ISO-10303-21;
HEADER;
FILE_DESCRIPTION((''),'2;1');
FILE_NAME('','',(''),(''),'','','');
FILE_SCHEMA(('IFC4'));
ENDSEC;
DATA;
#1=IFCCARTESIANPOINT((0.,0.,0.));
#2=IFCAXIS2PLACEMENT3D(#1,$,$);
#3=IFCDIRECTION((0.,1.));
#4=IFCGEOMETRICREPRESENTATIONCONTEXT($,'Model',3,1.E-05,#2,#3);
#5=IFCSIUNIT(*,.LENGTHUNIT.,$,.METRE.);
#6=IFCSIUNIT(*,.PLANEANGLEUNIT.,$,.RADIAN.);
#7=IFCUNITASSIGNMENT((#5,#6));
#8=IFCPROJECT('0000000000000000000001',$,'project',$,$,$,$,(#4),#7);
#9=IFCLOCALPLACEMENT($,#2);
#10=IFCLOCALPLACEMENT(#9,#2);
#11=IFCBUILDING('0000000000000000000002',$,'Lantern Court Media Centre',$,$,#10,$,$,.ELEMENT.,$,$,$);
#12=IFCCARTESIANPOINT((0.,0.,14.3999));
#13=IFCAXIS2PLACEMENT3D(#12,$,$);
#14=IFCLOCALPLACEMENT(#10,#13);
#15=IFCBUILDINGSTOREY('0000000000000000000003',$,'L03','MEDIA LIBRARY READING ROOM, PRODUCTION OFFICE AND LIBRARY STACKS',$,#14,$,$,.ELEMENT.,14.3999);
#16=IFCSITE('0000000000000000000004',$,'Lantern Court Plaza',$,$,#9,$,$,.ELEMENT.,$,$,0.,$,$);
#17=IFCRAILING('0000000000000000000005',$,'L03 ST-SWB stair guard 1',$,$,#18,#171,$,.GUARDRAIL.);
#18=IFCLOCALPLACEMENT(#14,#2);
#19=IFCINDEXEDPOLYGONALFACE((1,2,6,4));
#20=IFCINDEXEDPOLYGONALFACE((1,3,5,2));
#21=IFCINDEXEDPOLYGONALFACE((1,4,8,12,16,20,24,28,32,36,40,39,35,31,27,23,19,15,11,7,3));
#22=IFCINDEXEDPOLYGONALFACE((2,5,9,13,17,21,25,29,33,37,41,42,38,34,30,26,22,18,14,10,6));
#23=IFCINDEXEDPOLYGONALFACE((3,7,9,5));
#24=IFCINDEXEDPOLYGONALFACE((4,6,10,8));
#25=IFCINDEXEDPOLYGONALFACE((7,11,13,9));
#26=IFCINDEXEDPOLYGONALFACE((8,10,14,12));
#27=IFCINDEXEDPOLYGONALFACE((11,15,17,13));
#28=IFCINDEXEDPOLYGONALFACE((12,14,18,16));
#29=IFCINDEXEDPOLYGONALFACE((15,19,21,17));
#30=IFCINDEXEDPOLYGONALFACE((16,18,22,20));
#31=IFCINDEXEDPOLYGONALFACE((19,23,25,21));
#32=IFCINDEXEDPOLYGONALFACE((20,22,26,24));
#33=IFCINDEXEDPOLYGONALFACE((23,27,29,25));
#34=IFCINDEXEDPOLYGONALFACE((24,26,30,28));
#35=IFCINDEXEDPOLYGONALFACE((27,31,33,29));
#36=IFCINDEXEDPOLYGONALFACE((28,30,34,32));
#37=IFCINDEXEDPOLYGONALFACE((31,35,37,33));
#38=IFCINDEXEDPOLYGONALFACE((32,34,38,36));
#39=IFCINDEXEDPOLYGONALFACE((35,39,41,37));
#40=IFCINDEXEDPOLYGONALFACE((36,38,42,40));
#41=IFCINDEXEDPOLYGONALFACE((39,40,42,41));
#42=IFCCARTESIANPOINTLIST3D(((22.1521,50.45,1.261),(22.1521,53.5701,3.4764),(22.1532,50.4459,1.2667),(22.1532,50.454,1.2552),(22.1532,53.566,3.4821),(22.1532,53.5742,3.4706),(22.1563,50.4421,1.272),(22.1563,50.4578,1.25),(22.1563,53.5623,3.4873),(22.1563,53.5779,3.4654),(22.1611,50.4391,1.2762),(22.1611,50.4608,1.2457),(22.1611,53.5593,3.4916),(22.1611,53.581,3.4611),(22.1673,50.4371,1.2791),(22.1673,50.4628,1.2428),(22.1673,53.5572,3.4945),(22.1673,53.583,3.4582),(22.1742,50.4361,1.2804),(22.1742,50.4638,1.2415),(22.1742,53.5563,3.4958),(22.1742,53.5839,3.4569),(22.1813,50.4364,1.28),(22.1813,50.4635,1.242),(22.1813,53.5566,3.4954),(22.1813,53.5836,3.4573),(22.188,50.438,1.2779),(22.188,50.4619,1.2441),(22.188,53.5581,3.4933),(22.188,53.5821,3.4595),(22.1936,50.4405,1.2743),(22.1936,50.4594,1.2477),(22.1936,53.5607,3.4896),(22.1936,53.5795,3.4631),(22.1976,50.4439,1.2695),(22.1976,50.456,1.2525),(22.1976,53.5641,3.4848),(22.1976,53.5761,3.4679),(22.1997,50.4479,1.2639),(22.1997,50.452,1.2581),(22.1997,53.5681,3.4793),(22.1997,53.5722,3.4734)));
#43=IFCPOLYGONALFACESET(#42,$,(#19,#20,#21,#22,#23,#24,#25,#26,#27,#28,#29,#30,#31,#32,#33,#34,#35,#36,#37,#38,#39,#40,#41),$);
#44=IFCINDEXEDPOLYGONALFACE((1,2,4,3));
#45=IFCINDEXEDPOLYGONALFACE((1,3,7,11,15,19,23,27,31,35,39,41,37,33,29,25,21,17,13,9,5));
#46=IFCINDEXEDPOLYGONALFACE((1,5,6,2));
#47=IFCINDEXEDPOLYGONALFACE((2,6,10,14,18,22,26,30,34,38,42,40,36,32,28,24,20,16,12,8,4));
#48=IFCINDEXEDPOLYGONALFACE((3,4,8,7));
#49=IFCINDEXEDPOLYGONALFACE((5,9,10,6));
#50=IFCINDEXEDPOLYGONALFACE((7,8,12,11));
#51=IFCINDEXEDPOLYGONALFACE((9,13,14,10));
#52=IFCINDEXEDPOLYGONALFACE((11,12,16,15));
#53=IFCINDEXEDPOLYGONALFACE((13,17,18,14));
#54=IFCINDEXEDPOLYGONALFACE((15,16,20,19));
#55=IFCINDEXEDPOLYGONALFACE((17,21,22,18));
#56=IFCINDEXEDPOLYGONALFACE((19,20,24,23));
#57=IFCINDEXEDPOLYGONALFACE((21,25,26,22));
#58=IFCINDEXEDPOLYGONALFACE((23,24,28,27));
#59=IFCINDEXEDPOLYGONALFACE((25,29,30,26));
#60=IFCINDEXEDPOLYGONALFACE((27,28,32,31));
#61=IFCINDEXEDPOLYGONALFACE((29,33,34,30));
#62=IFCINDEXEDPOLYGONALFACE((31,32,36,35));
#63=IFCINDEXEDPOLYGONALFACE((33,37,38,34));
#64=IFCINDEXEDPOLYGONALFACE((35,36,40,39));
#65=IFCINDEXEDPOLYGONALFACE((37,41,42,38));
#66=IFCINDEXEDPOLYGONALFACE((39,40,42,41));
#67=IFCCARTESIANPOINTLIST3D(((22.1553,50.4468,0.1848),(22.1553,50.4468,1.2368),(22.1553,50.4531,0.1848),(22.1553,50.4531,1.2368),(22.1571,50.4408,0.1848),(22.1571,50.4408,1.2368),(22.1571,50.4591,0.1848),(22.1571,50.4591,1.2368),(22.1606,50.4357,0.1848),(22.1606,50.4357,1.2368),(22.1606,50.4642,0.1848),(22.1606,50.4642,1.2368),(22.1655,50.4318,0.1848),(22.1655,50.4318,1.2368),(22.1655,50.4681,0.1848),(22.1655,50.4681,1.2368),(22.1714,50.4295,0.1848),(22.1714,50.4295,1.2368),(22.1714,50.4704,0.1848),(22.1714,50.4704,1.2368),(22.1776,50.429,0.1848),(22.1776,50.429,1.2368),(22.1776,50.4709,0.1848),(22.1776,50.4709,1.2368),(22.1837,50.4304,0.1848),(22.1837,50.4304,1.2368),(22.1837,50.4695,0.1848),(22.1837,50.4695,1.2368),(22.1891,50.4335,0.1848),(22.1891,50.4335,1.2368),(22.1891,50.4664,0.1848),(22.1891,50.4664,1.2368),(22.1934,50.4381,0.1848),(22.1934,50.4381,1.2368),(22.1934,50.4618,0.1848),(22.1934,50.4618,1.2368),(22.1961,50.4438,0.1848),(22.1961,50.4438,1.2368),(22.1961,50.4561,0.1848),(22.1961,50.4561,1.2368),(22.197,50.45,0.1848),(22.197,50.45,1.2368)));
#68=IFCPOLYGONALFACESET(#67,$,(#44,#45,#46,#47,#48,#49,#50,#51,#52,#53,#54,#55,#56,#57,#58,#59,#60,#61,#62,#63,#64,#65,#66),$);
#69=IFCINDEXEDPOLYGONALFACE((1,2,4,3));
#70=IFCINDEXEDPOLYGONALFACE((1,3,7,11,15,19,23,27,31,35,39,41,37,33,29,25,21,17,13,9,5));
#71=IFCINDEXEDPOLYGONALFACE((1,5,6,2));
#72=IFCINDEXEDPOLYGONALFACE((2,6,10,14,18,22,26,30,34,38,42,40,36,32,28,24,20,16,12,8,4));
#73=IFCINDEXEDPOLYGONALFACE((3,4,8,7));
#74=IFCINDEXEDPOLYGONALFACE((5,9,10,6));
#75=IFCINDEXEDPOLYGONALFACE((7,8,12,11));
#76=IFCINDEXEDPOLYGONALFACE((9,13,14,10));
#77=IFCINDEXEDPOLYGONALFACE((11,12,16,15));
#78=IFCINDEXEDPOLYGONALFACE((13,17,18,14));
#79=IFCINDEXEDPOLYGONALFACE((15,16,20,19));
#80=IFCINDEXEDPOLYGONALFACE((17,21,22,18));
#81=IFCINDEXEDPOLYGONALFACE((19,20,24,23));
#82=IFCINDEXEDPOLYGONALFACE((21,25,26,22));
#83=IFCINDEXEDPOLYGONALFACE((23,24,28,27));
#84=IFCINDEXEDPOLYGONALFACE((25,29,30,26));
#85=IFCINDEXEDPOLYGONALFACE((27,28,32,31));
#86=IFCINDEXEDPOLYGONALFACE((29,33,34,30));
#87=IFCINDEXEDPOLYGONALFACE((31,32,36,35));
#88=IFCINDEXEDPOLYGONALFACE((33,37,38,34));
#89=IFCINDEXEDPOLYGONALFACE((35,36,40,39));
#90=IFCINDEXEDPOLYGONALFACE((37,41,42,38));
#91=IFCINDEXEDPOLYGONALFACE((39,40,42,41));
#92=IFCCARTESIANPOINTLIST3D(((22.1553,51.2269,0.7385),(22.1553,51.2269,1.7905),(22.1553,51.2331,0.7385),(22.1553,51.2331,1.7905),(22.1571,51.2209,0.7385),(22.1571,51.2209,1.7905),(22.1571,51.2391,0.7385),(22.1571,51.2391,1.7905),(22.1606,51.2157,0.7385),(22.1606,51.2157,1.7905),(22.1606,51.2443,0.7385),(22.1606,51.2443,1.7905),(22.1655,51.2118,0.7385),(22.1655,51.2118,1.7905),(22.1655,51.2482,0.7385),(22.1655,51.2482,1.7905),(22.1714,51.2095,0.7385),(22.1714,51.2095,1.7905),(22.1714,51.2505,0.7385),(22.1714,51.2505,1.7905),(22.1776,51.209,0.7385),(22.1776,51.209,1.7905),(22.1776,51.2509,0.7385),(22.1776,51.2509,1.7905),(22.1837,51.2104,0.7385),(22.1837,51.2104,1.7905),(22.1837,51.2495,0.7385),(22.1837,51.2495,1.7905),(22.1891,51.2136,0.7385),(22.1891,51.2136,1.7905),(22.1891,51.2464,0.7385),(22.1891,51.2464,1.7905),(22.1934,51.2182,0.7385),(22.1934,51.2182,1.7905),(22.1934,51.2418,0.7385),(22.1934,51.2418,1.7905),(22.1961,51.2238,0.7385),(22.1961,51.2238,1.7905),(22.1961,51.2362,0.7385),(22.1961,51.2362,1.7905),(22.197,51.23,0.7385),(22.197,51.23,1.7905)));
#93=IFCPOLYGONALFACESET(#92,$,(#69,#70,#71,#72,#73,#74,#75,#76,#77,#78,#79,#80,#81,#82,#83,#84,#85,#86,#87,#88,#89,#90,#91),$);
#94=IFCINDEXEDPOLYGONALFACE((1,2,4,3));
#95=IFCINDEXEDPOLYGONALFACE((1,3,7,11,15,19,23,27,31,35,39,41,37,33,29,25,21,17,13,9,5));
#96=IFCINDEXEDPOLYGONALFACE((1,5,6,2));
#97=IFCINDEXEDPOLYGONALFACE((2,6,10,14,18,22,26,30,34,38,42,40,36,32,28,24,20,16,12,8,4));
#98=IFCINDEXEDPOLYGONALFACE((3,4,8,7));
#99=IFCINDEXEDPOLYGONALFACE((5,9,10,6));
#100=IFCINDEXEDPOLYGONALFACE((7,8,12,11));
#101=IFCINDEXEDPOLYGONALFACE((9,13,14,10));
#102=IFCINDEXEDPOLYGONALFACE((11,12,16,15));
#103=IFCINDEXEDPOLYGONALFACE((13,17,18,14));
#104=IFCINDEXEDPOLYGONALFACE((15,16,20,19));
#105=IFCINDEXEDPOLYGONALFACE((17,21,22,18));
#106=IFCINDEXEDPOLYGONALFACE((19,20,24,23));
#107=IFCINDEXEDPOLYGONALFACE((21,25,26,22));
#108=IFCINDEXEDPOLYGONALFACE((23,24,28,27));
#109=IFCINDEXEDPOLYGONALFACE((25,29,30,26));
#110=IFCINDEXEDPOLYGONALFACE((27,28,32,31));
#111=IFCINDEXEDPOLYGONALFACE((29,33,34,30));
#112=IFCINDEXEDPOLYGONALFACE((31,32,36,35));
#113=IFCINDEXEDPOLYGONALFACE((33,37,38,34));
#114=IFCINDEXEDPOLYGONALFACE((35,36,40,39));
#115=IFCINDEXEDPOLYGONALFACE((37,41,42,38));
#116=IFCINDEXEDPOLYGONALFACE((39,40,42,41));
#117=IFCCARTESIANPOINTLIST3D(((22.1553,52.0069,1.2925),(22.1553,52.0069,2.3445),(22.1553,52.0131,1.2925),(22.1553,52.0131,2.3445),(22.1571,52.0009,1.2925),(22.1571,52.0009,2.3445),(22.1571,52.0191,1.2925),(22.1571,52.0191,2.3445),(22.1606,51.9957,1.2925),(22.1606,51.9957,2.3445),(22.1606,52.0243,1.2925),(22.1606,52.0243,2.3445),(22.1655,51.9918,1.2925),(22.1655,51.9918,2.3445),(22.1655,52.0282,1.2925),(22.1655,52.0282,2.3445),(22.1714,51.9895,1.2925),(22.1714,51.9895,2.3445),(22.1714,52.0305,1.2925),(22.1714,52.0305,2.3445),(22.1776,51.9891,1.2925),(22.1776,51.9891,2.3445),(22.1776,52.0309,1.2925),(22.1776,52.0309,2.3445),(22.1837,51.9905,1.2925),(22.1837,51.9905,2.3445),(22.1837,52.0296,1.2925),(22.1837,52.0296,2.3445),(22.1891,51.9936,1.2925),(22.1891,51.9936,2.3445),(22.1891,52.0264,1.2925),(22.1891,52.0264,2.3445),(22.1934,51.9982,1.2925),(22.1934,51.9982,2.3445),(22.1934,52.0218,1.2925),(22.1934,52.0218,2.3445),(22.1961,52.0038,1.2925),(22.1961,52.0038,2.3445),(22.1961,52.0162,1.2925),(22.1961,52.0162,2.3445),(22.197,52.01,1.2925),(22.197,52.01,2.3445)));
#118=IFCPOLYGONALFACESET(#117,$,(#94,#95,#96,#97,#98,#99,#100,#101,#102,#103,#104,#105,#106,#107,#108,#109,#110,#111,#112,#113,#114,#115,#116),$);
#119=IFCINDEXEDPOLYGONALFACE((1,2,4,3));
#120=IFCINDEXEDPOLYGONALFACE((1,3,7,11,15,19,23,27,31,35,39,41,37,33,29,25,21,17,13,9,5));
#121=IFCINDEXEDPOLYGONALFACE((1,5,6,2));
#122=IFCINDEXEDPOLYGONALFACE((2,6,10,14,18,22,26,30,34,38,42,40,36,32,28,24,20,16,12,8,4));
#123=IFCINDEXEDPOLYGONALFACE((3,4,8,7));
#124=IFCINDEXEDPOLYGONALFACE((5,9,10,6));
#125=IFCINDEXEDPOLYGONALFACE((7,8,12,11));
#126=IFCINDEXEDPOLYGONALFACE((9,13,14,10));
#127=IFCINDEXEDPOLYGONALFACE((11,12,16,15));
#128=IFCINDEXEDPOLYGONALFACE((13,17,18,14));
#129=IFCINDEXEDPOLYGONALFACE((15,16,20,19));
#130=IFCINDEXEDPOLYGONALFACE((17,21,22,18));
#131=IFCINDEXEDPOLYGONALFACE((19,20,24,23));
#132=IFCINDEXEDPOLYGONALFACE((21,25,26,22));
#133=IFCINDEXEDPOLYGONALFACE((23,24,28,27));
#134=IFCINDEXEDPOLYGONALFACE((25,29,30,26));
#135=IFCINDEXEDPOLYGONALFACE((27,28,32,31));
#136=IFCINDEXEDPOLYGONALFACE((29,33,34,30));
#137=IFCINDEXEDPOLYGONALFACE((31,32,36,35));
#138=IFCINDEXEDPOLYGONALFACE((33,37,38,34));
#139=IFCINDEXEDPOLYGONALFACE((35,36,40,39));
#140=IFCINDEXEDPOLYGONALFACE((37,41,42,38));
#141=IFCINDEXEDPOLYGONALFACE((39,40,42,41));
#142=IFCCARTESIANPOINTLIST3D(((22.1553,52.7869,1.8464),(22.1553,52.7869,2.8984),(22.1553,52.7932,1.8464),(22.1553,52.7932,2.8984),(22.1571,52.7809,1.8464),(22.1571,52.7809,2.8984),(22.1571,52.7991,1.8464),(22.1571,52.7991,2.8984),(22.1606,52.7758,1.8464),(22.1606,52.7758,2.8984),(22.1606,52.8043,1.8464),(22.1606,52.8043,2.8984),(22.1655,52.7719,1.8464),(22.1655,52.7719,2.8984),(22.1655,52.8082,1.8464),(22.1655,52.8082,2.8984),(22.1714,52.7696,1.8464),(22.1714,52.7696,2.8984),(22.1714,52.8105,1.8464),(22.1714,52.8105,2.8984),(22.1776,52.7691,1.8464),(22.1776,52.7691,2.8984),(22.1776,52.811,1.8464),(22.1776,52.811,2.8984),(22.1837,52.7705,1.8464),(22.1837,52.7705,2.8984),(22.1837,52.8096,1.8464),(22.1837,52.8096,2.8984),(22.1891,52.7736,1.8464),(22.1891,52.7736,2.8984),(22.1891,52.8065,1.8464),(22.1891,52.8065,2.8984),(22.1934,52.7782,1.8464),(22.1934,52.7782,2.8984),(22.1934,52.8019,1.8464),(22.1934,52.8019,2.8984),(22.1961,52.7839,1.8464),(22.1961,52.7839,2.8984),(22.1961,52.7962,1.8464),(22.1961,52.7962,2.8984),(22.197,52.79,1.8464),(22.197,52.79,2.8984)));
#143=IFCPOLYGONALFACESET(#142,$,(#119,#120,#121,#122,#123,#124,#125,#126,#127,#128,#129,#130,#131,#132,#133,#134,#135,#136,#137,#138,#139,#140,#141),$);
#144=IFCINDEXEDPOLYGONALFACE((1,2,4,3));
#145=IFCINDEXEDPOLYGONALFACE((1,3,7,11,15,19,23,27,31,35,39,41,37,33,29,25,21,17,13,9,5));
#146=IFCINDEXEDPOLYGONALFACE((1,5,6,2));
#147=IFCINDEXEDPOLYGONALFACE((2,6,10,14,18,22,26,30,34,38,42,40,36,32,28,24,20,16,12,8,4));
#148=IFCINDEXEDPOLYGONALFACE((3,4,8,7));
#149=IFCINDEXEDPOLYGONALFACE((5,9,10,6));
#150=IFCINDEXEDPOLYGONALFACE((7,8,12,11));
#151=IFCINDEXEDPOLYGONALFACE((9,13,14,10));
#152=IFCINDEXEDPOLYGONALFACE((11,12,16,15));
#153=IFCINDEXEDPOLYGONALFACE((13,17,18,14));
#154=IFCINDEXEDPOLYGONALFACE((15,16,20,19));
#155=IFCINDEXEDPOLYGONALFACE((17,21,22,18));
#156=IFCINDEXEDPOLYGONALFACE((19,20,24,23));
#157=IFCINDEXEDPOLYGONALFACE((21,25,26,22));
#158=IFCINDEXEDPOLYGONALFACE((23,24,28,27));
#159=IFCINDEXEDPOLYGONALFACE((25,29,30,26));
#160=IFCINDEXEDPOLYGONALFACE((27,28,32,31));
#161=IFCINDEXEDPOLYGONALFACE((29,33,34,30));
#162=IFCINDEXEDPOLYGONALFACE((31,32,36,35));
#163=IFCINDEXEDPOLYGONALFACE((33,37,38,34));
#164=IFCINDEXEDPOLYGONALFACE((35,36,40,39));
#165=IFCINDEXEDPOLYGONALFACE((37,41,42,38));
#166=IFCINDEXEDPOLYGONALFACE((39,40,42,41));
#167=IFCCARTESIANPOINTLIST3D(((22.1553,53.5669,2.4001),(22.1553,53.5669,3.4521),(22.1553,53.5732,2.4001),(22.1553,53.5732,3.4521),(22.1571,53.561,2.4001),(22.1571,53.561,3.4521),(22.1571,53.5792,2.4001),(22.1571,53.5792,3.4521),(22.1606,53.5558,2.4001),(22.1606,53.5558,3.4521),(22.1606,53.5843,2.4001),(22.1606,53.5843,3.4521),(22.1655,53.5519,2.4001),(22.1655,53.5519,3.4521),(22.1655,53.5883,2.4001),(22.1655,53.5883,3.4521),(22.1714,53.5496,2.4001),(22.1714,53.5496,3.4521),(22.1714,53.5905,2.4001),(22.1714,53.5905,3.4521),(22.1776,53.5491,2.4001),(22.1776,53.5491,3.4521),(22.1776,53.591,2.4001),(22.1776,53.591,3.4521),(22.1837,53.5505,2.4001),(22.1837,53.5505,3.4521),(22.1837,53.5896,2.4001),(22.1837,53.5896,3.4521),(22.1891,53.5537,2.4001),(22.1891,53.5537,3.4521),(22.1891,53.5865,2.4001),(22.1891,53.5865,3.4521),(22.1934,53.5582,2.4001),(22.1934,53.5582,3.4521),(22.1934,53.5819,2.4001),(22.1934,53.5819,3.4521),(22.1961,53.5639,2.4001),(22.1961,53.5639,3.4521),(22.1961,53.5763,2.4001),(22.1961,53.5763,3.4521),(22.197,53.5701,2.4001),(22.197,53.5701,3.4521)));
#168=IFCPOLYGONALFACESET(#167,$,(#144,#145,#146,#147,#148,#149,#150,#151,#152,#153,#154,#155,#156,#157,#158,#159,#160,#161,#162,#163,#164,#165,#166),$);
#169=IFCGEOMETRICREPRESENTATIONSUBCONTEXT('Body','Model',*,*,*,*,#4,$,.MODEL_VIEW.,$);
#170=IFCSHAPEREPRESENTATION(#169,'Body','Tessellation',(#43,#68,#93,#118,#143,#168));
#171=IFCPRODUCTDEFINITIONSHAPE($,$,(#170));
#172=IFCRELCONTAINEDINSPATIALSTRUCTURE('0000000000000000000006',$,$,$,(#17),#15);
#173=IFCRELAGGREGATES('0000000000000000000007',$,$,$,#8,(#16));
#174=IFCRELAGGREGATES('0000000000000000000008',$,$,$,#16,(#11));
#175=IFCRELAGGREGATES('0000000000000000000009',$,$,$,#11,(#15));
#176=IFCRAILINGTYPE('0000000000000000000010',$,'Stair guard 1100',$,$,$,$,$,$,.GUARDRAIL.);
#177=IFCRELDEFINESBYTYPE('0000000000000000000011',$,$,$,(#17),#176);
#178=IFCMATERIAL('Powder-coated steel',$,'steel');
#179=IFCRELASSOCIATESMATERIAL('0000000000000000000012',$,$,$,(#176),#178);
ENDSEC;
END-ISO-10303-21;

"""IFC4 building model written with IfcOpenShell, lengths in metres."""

from ifc_helpers import new_model, si_unit, direction, frame, origin, origin_2d, place, context, subcontext, project, spatial, circle, extrude, material, type_object, element, save


model = new_model("IFC4")

# Units and contexts
model_context = context("Model", 3, precision=1e-05, world=origin(), true_north=direction((0.0, 1.0)))
body_context = subcontext(model_context, "Body", "Model", "MODEL_VIEW")
ifc_project = project(units=[si_unit("LENGTHUNIT", "METRE"), si_unit("PLANEANGLEUNIT", "RADIAN")], contexts=[model_context])

# Site, building, storey
site_placement = place(None, origin())
site = spatial("IfcSite", under=ifc_project, at=site_placement, Name="Lantern Court Plaza", CompositionType="ELEMENT", RefElevation=0.0)
building_placement = place(site_placement, origin())
building = spatial("IfcBuilding", under=site, at=building_placement, Name="Lantern Court Media Centre", CompositionType="ELEMENT")
storey_placement = place(building_placement, frame((0.0, 0.0, 14.3999)))
storey = spatial("IfcBuildingStorey", under=building, at=storey_placement, Name="L03", Description="MEDIA LIBRARY READING ROOM, PRODUCTION OFFICE AND LIBRARY STACKS", CompositionType="ELEMENT", Elevation=14.3999)

# Shared definitions
ifc_material_1 = material(Name="Powder-coated steel", Category="steel")

# Railing
railing_type_1 = type_object("IfcRailingType", Name="Stair guard 1100", PredefinedType="GUARDRAIL", material=ifc_material_1)
railing_1_placement = place(storey_placement, frame((22.176, 50.45, 0.1848)))
element("IfcRailing", 1, at=railing_1_placement, inside=storey, type_object=railing_type_1, Name="L03 ST-SWB stair guard 1", PredefinedType="GUARDRAIL", context=body_context, shape_type="SweptSolid", body=[
    extrude(circle(Radius=0.0239, at=origin_2d()), frame((0.0, 0.0, 1.0762), z_axis=(0.0, 0.815377, 0.57893), x_axis=(-1.0, 0.0, 0.0)), (0.0, 0.0, 1.0), 3.8267),
    extrude(circle(Radius=0.021, at=origin_2d()), origin(), (0.0, 0.0, 1.0), 1.052),
    extrude(circle(Radius=0.021, at=origin_2d()), frame((0.0, 0.78, 0.5537)), (0.0, 0.0, 1.0), 1.052),
    extrude(circle(Radius=0.021, at=origin_2d()), frame((0.0, 1.5601, 1.1077)), (0.0, 0.0, 1.0), 1.052),
    extrude(circle(Radius=0.021, at=origin_2d()), frame((0.0, 2.3401, 1.6616)), (0.0, 0.0, 1.0), 1.052),
    extrude(circle(Radius=0.021, at=origin_2d()), frame((0.0, 3.1201, 2.2153)), (0.0, 0.0, 1.0), 1.052),
])

save(model, "model.ifc")
